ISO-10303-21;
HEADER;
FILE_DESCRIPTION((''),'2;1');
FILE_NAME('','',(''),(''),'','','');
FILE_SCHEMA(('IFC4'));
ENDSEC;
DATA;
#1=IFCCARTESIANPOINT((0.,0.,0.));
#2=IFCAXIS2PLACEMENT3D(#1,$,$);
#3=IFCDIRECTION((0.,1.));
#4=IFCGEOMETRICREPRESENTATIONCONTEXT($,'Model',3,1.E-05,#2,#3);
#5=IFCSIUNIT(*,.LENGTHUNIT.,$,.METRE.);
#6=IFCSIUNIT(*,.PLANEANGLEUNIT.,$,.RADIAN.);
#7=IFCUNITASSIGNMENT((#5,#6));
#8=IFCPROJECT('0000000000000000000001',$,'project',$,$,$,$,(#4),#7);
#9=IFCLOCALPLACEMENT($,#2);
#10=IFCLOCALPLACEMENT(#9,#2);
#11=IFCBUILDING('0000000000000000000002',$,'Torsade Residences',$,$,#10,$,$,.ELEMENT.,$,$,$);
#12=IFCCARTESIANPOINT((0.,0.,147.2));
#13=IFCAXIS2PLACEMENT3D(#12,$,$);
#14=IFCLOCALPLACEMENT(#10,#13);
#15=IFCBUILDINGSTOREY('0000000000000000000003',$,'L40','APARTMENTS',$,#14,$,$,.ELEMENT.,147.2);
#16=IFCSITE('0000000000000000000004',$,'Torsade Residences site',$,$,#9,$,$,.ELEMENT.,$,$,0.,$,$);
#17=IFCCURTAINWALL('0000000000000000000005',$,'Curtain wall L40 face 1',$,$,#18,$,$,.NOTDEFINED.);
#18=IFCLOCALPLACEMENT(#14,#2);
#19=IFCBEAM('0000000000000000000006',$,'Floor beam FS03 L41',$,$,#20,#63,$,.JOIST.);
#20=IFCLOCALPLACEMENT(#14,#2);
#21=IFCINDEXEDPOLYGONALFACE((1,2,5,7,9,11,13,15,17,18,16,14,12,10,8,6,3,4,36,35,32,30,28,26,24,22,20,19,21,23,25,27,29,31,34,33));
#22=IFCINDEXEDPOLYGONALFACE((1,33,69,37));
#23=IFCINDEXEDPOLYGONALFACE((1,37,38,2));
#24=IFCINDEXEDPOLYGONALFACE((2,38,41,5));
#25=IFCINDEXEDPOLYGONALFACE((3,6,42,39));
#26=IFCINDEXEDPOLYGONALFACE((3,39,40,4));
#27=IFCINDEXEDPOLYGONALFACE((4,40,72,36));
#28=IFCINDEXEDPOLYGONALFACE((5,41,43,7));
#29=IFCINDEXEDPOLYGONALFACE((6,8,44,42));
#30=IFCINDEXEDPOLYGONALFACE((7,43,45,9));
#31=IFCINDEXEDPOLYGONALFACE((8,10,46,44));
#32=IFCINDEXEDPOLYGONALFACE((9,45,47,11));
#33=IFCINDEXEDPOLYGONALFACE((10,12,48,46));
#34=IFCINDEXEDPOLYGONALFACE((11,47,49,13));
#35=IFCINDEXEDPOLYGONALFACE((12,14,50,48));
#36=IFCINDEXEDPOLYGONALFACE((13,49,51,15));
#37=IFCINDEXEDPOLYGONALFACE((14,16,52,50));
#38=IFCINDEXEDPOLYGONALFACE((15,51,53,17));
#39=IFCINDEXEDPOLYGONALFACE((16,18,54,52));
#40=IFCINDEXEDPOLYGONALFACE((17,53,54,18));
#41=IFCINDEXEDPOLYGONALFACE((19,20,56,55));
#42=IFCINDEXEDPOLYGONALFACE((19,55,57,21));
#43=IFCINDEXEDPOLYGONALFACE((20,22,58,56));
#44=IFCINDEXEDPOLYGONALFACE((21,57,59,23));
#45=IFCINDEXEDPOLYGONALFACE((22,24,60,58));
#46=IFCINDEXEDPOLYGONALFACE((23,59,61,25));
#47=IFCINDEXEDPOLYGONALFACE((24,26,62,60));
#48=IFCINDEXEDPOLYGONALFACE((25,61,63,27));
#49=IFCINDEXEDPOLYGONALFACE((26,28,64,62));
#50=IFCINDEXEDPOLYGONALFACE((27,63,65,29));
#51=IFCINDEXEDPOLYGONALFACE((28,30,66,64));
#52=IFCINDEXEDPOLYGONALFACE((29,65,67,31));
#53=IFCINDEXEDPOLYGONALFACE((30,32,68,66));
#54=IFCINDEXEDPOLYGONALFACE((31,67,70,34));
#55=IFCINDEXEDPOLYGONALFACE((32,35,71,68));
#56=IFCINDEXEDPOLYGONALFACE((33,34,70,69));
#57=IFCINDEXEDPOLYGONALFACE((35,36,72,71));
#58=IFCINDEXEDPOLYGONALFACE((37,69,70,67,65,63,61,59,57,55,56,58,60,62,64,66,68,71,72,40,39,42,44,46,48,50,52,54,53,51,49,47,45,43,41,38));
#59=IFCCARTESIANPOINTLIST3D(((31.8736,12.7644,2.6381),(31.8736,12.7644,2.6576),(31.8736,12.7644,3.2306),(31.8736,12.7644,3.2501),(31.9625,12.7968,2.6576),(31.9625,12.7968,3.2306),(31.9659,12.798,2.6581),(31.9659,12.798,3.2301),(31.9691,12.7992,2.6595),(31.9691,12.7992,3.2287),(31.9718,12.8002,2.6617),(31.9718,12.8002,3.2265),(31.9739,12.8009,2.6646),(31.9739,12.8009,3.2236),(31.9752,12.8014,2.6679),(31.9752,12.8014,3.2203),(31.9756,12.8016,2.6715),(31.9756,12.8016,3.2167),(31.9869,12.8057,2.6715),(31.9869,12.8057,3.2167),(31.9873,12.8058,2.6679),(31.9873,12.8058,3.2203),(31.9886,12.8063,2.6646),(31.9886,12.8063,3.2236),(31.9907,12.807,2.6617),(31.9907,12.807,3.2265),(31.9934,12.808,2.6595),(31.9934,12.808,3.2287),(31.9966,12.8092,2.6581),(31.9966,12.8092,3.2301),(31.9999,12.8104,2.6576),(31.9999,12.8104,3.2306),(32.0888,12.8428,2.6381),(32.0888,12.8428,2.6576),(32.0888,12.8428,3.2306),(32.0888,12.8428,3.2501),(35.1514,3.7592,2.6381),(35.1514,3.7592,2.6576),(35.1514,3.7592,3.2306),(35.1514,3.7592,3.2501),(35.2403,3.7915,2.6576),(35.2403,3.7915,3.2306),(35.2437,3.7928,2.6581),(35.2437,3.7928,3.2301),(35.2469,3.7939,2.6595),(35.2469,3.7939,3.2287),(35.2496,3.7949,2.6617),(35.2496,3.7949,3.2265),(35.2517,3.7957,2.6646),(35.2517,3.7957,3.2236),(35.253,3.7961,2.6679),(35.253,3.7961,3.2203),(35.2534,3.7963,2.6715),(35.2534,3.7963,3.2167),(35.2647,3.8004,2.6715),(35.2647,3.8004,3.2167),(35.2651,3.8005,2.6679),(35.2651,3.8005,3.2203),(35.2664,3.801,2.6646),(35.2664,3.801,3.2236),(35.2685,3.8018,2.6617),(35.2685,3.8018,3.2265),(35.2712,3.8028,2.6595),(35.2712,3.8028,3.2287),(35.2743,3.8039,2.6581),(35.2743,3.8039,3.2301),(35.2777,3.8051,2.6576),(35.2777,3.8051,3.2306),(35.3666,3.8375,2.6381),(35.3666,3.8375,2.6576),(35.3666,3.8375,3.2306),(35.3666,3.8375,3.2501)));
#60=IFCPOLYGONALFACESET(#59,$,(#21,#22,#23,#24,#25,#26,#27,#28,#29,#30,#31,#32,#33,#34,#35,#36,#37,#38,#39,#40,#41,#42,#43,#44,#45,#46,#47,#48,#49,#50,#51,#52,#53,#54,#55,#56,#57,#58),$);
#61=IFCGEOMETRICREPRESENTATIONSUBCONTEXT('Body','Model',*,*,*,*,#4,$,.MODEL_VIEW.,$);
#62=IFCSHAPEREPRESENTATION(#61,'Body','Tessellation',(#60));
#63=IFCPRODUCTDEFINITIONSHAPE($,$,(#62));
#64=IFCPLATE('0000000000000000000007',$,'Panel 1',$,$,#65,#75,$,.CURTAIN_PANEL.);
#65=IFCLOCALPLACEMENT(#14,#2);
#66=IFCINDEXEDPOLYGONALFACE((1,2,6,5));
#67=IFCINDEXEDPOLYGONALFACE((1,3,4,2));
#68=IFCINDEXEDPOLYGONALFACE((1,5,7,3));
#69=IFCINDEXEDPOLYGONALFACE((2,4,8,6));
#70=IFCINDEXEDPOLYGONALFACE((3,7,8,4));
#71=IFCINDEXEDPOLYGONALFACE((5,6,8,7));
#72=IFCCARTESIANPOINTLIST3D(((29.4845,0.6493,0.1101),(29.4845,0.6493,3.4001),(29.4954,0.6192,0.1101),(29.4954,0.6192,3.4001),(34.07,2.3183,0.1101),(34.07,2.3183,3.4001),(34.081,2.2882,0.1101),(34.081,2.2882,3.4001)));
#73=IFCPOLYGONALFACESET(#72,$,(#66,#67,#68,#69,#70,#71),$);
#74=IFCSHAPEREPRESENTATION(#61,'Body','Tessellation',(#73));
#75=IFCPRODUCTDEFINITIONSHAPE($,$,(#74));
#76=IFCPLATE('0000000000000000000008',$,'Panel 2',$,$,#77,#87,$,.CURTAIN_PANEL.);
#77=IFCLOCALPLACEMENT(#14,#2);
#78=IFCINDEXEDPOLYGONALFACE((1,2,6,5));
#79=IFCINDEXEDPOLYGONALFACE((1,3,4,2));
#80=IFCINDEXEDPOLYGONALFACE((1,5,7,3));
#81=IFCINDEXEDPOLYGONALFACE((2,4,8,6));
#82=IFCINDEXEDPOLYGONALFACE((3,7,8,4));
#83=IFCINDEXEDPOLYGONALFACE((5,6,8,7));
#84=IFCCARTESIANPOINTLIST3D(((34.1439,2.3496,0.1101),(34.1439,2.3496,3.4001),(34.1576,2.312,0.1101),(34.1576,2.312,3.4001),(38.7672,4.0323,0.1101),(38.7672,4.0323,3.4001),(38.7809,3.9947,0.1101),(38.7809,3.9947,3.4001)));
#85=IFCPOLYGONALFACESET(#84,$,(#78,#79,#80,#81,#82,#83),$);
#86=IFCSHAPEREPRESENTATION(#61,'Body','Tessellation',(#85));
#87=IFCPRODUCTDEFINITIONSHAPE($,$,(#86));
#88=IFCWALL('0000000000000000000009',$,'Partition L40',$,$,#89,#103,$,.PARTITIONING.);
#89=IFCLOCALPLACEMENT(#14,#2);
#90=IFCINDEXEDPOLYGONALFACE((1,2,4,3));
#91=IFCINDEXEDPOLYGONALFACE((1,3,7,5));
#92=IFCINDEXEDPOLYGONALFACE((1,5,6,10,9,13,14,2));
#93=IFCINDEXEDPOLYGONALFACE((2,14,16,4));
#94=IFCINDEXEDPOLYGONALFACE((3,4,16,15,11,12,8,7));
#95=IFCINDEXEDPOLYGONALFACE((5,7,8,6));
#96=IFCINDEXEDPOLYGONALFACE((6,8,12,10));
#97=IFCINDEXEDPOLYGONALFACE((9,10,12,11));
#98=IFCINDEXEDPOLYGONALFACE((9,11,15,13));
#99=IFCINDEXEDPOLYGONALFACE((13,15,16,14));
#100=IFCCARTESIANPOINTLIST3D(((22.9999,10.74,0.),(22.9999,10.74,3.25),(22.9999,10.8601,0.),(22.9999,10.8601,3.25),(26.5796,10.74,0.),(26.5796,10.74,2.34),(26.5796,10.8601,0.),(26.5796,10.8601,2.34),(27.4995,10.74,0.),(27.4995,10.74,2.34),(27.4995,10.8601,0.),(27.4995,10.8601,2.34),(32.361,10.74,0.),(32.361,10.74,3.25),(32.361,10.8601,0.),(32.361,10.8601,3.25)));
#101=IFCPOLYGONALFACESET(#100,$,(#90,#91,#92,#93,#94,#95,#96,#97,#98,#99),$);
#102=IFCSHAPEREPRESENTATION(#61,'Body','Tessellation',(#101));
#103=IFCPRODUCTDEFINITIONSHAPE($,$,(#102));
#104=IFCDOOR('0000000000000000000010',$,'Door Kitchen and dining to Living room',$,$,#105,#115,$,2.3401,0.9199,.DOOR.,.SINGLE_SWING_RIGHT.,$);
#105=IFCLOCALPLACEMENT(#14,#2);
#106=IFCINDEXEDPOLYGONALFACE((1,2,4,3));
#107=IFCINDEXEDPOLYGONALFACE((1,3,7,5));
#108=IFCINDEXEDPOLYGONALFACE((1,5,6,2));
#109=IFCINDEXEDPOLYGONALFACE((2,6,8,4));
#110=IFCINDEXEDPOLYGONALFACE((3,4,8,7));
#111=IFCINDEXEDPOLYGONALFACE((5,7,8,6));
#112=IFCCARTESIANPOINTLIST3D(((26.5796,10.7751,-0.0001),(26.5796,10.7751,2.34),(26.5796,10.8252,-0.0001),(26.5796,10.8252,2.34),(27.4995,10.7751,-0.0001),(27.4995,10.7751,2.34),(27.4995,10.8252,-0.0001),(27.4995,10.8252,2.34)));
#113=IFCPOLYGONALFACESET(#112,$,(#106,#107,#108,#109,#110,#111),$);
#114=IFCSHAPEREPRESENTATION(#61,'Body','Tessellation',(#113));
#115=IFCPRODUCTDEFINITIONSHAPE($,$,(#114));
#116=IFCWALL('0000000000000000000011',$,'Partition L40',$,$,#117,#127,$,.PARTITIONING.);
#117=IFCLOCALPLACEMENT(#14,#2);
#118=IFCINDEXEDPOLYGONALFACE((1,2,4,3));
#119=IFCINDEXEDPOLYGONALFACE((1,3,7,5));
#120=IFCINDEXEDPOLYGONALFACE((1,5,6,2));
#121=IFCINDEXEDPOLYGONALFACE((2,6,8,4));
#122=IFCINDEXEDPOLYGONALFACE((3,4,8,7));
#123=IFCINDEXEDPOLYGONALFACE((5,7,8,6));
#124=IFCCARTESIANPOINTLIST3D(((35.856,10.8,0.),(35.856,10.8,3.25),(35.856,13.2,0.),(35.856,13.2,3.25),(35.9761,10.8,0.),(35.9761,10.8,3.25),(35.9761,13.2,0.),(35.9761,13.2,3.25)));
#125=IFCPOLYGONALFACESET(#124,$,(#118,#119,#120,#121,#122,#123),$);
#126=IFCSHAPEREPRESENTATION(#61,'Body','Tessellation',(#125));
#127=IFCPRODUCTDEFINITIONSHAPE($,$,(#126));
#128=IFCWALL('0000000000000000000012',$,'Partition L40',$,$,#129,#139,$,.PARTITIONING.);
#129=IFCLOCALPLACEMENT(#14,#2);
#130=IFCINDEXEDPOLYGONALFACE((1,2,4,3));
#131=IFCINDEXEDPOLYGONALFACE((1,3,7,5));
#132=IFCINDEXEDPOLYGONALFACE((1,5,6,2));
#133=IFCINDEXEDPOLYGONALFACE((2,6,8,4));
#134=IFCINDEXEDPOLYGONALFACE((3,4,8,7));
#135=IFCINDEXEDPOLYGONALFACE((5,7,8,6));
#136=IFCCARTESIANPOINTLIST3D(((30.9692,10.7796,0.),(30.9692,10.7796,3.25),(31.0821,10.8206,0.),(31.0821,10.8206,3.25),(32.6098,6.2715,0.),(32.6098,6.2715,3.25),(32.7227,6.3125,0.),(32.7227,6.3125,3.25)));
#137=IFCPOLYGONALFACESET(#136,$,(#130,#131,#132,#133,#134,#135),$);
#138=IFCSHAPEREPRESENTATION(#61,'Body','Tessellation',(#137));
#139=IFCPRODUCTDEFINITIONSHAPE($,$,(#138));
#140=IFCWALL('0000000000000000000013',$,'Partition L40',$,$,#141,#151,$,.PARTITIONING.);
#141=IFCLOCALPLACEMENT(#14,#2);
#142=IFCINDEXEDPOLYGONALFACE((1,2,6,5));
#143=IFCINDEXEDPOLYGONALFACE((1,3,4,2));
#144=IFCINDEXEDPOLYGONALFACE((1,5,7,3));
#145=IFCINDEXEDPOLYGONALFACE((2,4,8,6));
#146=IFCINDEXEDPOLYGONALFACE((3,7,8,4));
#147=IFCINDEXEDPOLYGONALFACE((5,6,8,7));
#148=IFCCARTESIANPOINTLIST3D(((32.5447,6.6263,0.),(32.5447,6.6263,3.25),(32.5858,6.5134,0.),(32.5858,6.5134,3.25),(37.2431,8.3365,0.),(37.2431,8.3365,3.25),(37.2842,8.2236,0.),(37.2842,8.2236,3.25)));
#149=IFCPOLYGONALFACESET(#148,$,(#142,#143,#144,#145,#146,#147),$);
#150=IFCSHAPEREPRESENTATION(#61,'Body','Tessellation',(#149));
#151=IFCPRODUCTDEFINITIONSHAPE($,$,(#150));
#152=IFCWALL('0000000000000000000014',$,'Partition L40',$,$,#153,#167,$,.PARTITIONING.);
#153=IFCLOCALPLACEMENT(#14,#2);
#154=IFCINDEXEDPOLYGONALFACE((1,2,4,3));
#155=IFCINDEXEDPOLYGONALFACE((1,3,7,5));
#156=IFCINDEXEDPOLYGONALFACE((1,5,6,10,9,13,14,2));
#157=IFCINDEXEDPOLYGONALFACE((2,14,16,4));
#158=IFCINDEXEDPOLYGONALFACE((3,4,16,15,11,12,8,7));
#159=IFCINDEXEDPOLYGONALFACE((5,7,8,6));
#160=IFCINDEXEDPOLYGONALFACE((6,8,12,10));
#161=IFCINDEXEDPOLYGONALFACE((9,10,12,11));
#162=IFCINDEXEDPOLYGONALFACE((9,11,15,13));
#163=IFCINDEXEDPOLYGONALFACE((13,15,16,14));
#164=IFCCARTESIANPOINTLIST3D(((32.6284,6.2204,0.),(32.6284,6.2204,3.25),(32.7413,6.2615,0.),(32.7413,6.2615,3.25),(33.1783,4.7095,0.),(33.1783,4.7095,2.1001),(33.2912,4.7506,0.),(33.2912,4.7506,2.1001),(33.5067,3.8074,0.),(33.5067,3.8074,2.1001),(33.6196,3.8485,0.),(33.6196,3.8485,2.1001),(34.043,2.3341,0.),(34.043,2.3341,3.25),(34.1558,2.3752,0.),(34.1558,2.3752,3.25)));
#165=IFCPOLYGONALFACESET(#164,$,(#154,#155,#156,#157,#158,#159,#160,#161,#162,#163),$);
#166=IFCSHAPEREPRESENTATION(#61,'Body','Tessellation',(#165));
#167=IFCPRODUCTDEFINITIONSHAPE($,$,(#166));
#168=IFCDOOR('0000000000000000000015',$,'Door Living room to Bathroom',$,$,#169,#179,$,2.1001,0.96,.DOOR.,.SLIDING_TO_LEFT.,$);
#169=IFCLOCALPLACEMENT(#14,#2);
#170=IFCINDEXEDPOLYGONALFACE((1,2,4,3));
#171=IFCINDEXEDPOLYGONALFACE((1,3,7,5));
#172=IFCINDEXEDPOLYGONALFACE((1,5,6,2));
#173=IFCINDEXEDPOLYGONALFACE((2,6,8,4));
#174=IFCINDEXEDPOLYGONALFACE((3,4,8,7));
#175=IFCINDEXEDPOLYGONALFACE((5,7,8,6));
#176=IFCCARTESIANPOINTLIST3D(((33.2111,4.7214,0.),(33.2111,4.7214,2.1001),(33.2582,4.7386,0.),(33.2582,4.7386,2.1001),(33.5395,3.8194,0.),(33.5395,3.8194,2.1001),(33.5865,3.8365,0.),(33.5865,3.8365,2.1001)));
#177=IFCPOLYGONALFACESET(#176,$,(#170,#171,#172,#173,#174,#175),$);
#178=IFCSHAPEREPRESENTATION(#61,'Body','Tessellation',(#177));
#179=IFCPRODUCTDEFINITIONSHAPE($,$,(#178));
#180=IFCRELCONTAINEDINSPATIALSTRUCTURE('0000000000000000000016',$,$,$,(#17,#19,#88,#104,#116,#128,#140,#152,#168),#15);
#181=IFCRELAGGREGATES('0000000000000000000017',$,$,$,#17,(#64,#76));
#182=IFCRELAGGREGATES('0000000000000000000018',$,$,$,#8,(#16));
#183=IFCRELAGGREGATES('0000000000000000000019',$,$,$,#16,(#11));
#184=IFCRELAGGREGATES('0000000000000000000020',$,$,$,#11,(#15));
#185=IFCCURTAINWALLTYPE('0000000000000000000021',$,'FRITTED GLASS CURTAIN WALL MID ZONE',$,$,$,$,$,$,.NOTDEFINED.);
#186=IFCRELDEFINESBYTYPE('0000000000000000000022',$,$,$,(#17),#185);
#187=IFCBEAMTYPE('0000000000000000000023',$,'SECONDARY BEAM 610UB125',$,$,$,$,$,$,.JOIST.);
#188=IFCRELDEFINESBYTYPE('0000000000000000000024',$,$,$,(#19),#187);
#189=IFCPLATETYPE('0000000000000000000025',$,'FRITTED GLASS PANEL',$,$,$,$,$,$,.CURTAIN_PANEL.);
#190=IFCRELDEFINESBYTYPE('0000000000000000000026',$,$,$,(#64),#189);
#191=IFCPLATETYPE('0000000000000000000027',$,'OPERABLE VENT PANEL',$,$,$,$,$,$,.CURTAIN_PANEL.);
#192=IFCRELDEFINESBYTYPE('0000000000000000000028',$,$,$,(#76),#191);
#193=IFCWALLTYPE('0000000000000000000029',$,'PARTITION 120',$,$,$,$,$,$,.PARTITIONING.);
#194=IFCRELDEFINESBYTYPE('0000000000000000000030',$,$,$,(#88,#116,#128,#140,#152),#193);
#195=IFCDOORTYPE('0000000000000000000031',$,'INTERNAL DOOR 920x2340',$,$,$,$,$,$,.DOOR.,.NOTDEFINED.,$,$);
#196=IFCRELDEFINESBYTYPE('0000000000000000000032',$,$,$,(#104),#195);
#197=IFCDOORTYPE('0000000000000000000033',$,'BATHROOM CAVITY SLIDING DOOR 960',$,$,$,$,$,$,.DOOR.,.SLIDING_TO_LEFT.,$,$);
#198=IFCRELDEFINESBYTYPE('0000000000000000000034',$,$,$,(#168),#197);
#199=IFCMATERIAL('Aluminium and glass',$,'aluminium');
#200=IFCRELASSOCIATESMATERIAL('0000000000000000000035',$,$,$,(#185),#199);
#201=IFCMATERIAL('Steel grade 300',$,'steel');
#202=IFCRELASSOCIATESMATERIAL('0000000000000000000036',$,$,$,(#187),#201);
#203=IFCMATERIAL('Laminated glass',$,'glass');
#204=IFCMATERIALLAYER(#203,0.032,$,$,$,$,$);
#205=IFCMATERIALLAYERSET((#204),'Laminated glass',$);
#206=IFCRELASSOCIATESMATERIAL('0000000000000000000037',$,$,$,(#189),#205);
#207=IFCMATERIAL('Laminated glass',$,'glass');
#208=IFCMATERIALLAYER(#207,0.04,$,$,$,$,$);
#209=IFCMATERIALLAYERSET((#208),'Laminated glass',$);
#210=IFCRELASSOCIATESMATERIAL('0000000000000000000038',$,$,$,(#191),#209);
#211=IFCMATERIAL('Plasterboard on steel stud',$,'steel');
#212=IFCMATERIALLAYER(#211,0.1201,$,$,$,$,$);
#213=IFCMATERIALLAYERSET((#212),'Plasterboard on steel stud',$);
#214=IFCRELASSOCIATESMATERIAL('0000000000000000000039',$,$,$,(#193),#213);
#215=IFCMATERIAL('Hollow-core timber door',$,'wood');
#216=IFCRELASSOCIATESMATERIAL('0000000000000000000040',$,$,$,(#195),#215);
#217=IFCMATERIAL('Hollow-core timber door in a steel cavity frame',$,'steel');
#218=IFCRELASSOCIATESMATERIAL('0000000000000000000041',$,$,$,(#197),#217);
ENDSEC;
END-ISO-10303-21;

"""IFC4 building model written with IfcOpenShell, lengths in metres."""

from ifc_helpers import new_model, si_unit, direction, frame, frame_2d, origin, origin_2d, place, context, subcontext, project, spatial, rectangle, i_section, extrude, material, layer, layer_set, material_profile, profile_set, type_object, element, fill, aggregate, save


model = new_model("IFC4")

# Units and contexts
model_context = context("Model", 3, precision=1e-05, world=origin(), true_north=direction((0.0, 1.0)))
body_context = subcontext(model_context, "Body", "Model", "MODEL_VIEW")
ifc_project = project(units=[si_unit("LENGTHUNIT", "METRE"), si_unit("PLANEANGLEUNIT", "RADIAN")], contexts=[model_context])

# Site, building, storey
site_placement = place(None, origin())
site = spatial("IfcSite", under=ifc_project, at=site_placement, Name="Torsade Residences site", CompositionType="ELEMENT", RefElevation=0.0)
building_placement = place(site_placement, origin())
building = spatial("IfcBuilding", under=site, at=building_placement, Name="Torsade Residences", CompositionType="ELEMENT")
storey_placement = place(building_placement, frame((0.0, 0.0, 147.2)))
storey = spatial("IfcBuildingStorey", under=building, at=storey_placement, Name="L40", Description="APARTMENTS", CompositionType="ELEMENT", Elevation=147.2)

# Curtain wall
ifc_material_1 = material(Name="Aluminium and glass", Category="aluminium")
curtain_wall_type = type_object("IfcCurtainWallType", Name="FRITTED GLASS CURTAIN WALL MID ZONE", PredefinedType="NOTDEFINED", material=ifc_material_1)
curtain_wall_placement = place(storey_placement, origin())
curtain_wall = element("IfcCurtainWall", 1, at=curtain_wall_placement, inside=storey, type_object=curtain_wall_type, Name="Curtain wall L40 face 1", PredefinedType="NOTDEFINED")

# Beam
ifc_material_2 = material(Name="Steel grade 300", Category="steel")
ifc_material_profile_1 = material_profile(ifc_material_2, i_section(OverallWidth=0.229, OverallDepth=0.6121, WebThickness=0.012, FlangeThickness=0.0195, FilletRadius=0.0139, at=origin_2d()), Name="610UB125")
ifc_profile_set_1 = profile_set([ifc_material_profile_1], Name="Steel grade 300")
beam_type_1 = type_object("IfcBeamType", Name="SECONDARY BEAM 610UB125", PredefinedType="JOIST", material=ifc_profile_set_1)
beam_1_placement = place(storey_placement, frame((35.259, 3.7983, 2.9441), z_axis=(-0.342034, 0.939688, 0.0), x_axis=(-0.939688, -0.342034, 0.0)))
element("IfcBeam", 2, at=beam_1_placement, inside=storey, type_object=beam_type_1, Name="Floor beam FS03 L41", PredefinedType="JOIST", context=body_context, shape_type="SweptSolid", body=[
    extrude(i_section(OverallWidth=0.229, OverallDepth=0.6121, WebThickness=0.012, FlangeThickness=0.0195, FilletRadius=0.0139, at=origin_2d()), origin(), (0.0, 0.0, 1.0), 9.5833),
])

# Plates
ifc_material_3 = material(Name="Laminated glass", Category="glass")
ifc_layer_1 = layer(ifc_material_3, 0.032)
ifc_layer_set_1 = layer_set([ifc_layer_1], Name="Laminated glass")
plate_type_1 = type_object("IfcPlateType", Name="FRITTED GLASS PANEL", PredefinedType="CURTAIN_PANEL", material=ifc_layer_set_1)
plate_1_placement = place(storey_placement, frame((31.7827, 1.4688, 0.1101), z_axis=(0.0, 0.0, 1.0), x_axis=(0.939693, 0.34202, 0.0)))
plate_1 = element("IfcPlate", 3, at=plate_1_placement, type_object=plate_type_1, Name="Panel 1", PredefinedType="CURTAIN_PANEL", context=body_context, shape_type="SweptSolid", body=[
    extrude(rectangle(XDim=4.8799, YDim=0.032, at=origin_2d()), origin(), (0.0, 0.0, 1.0), 3.29),
])
ifc_material_4 = material(Name="Laminated glass", Category="glass")
ifc_layer_2 = layer(ifc_material_4, 0.04)
ifc_layer_set_2 = layer_set([ifc_layer_2], Name="Laminated glass")
plate_type_2 = type_object("IfcPlateType", Name="OPERABLE VENT PANEL", PredefinedType="CURTAIN_PANEL", material=ifc_layer_set_2)
plate_2_placement = place(storey_placement, frame((36.4624, 3.1721, 0.1101), z_axis=(0.0, 0.0, 1.0), x_axis=(0.939693, 0.34202, 0.0)))
plate_2 = element("IfcPlate", 4, at=plate_2_placement, type_object=plate_type_2, Name="Panel 2", PredefinedType="CURTAIN_PANEL", context=body_context, shape_type="SweptSolid", body=[
    extrude(rectangle(XDim=4.9199, YDim=0.04, at=origin_2d()), origin(), (0.0, 0.0, 1.0), 3.29),
])
aggregate(curtain_wall, [plate_1, plate_2])

# Wall, opening, door
ifc_material_5 = material(Name="Plasterboard on steel stud", Category="steel")
ifc_layer_3 = layer(ifc_material_5, 0.1201)
ifc_layer_set_3 = layer_set([ifc_layer_3], Name="Plasterboard on steel stud")
wall_type_1 = type_object("IfcWallType", Name="PARTITION 120", PredefinedType="PARTITIONING", material=ifc_layer_set_3)
wall_1_placement = place(storey_placement, frame((32.3611, 10.8, 0.0), z_axis=(0.0, 0.0, 1.0), x_axis=(-1.0, 0.0, 0.0)))
wall_1 = element("IfcWall", 5, at=wall_1_placement, inside=storey, type_object=wall_type_1, Name="Partition L40", PredefinedType="PARTITIONING", context=body_context, shape_type="SweptSolid", body=[
    extrude(rectangle(XDim=9.3611, YDim=0.1201, at=frame_2d((4.6807, 0.0))), origin(), (0.0, 0.0, 1.0), 3.25),
])
opening_1_placement = place(wall_1_placement, frame((4.8616, 0.0, 0.0)))
opening_1 = element("IfcOpeningElement", 6, at=opening_1_placement, cuts=wall_1, PredefinedType="OPENING", context=body_context, shape_type="SweptSolid", body=[
    extrude(rectangle(XDim=0.9199, YDim=2.3401, at=frame_2d((0.46, 1.1699))), frame((0.0, 0.0701, 0.0), z_axis=(0.0, -1.0, 0.0), x_axis=(1.0, 0.0, 0.0)), (0.0, 0.0, 1.0), 0.1401),
])
ifc_material_6 = material(Name="Hollow-core timber door", Category="wood")
door_type_1 = type_object("IfcDoorType", Name="INTERNAL DOOR 920x2340", OperationType="NOTDEFINED", PredefinedType="DOOR", material=ifc_material_6)
door_1_placement = place(opening_1_placement, origin())
door_1 = element("IfcDoor", 7, at=door_1_placement, inside=storey, type_object=door_type_1, Name="Door Kitchen and dining to Living room", OperationType="SINGLE_SWING_RIGHT", OverallHeight=2.3401, OverallWidth=0.9199, PredefinedType="DOOR", context=body_context, shape_type="SweptSolid", body=[
    extrude(rectangle(XDim=0.9199, YDim=2.3401, at=frame_2d((0.46, 1.1699))), frame((0.0, 0.0249, 0.0), z_axis=(0.0, -1.0, 0.0), x_axis=(1.0, 0.0, 0.0)), (0.0, 0.0, 1.0), 0.05),
])
fill(opening_1, door_1)

# Walls
wall_2_placement = place(storey_placement, frame((35.916, 10.8, 0.0), z_axis=(0.0, 0.0, 1.0), x_axis=(0.0, 1.0, 0.0)))
element("IfcWall", 8, at=wall_2_placement, inside=storey, type_object=wall_type_1, Name="Partition L40", PredefinedType="PARTITIONING", context=body_context, shape_type="SweptSolid", body=[
    extrude(rectangle(XDim=2.3999, YDim=0.1201, at=frame_2d((1.2, 0.0))), origin(), (0.0, 0.0, 1.0), 3.25),
])
wall_3_placement = place(storey_placement, frame((32.6663, 6.292, 0.0), z_axis=(0.0, 0.0, 1.0), x_axis=(-0.341988, 0.939704, 0.0)))
element("IfcWall", 9, at=wall_3_placement, inside=storey, type_object=wall_type_1, Name="Partition L40", PredefinedType="PARTITIONING", context=body_context, shape_type="SweptSolid", body=[
    extrude(rectangle(XDim=4.7974, YDim=0.1201, at=frame_2d((2.3987, 0.0))), origin(), (0.0, 0.0, 1.0), 3.25),
])
wall_4_placement = place(storey_placement, frame((37.2637, 8.28, 0.0), z_axis=(0.0, 0.0, 1.0), x_axis=(-0.939686, -0.342037, 0.0)))
element("IfcWall", 10, at=wall_4_placement, inside=storey, type_object=wall_type_1, Name="Partition L40", PredefinedType="PARTITIONING", context=body_context, shape_type="SweptSolid", body=[
    extrude(rectangle(XDim=5.0, YDim=0.1201, at=frame_2d((2.5, 0.0))), origin(), (0.0, 0.0, 1.0), 3.25),
])

# Wall, opening, door
wall_5_placement = place(storey_placement, frame((32.6848, 6.241, 0.0), z_axis=(0.0, 0.0, 1.0), x_axis=(0.342037, -0.939687, 0.0)))
wall_5 = element("IfcWall", 11, at=wall_5_placement, inside=storey, type_object=wall_type_1, Name="Partition L40", PredefinedType="PARTITIONING", context=body_context, shape_type="SweptSolid", body=[
    extrude(rectangle(XDim=4.1357, YDim=0.1201, at=frame_2d((2.0679, 0.0))), origin(), (0.0, 0.0, 1.0), 3.25),
])
opening_2_placement = place(wall_5_placement, frame((1.6079, 0.0, 0.0)))
opening_2 = element("IfcOpeningElement", 12, at=opening_2_placement, cuts=wall_5, PredefinedType="OPENING", context=body_context, shape_type="SweptSolid", body=[
    extrude(rectangle(XDim=0.96, YDim=2.1001, at=frame_2d((0.48, 1.05))), frame((0.0, 0.0701, 0.0), z_axis=(0.0, -1.0, 0.0), x_axis=(1.0, 0.0, 0.0)), (0.0, 0.0, 1.0), 0.1401),
])
ifc_material_7 = material(Name="Hollow-core timber door in a steel cavity frame", Category="steel")
door_type_2 = type_object("IfcDoorType", Name="BATHROOM CAVITY SLIDING DOOR 960", OperationType="SLIDING_TO_LEFT", PredefinedType="DOOR", material=ifc_material_7)
door_2_placement = place(opening_2_placement, origin())
door_2 = element("IfcDoor", 13, at=door_2_placement, inside=storey, type_object=door_type_2, Name="Door Living room to Bathroom", OperationType="SLIDING_TO_LEFT", OverallHeight=2.1001, OverallWidth=0.96, PredefinedType="DOOR", context=body_context, shape_type="SweptSolid", body=[
    extrude(rectangle(XDim=0.96, YDim=2.1001, at=frame_2d((0.48, 1.05))), frame((0.0, 0.0249, 0.0), z_axis=(0.0, -1.0, 0.0), x_axis=(1.0, 0.0, 0.0)), (0.0, 0.0, 1.0), 0.05),
])
fill(opening_2, door_2)

save(model, "model.ifc")
